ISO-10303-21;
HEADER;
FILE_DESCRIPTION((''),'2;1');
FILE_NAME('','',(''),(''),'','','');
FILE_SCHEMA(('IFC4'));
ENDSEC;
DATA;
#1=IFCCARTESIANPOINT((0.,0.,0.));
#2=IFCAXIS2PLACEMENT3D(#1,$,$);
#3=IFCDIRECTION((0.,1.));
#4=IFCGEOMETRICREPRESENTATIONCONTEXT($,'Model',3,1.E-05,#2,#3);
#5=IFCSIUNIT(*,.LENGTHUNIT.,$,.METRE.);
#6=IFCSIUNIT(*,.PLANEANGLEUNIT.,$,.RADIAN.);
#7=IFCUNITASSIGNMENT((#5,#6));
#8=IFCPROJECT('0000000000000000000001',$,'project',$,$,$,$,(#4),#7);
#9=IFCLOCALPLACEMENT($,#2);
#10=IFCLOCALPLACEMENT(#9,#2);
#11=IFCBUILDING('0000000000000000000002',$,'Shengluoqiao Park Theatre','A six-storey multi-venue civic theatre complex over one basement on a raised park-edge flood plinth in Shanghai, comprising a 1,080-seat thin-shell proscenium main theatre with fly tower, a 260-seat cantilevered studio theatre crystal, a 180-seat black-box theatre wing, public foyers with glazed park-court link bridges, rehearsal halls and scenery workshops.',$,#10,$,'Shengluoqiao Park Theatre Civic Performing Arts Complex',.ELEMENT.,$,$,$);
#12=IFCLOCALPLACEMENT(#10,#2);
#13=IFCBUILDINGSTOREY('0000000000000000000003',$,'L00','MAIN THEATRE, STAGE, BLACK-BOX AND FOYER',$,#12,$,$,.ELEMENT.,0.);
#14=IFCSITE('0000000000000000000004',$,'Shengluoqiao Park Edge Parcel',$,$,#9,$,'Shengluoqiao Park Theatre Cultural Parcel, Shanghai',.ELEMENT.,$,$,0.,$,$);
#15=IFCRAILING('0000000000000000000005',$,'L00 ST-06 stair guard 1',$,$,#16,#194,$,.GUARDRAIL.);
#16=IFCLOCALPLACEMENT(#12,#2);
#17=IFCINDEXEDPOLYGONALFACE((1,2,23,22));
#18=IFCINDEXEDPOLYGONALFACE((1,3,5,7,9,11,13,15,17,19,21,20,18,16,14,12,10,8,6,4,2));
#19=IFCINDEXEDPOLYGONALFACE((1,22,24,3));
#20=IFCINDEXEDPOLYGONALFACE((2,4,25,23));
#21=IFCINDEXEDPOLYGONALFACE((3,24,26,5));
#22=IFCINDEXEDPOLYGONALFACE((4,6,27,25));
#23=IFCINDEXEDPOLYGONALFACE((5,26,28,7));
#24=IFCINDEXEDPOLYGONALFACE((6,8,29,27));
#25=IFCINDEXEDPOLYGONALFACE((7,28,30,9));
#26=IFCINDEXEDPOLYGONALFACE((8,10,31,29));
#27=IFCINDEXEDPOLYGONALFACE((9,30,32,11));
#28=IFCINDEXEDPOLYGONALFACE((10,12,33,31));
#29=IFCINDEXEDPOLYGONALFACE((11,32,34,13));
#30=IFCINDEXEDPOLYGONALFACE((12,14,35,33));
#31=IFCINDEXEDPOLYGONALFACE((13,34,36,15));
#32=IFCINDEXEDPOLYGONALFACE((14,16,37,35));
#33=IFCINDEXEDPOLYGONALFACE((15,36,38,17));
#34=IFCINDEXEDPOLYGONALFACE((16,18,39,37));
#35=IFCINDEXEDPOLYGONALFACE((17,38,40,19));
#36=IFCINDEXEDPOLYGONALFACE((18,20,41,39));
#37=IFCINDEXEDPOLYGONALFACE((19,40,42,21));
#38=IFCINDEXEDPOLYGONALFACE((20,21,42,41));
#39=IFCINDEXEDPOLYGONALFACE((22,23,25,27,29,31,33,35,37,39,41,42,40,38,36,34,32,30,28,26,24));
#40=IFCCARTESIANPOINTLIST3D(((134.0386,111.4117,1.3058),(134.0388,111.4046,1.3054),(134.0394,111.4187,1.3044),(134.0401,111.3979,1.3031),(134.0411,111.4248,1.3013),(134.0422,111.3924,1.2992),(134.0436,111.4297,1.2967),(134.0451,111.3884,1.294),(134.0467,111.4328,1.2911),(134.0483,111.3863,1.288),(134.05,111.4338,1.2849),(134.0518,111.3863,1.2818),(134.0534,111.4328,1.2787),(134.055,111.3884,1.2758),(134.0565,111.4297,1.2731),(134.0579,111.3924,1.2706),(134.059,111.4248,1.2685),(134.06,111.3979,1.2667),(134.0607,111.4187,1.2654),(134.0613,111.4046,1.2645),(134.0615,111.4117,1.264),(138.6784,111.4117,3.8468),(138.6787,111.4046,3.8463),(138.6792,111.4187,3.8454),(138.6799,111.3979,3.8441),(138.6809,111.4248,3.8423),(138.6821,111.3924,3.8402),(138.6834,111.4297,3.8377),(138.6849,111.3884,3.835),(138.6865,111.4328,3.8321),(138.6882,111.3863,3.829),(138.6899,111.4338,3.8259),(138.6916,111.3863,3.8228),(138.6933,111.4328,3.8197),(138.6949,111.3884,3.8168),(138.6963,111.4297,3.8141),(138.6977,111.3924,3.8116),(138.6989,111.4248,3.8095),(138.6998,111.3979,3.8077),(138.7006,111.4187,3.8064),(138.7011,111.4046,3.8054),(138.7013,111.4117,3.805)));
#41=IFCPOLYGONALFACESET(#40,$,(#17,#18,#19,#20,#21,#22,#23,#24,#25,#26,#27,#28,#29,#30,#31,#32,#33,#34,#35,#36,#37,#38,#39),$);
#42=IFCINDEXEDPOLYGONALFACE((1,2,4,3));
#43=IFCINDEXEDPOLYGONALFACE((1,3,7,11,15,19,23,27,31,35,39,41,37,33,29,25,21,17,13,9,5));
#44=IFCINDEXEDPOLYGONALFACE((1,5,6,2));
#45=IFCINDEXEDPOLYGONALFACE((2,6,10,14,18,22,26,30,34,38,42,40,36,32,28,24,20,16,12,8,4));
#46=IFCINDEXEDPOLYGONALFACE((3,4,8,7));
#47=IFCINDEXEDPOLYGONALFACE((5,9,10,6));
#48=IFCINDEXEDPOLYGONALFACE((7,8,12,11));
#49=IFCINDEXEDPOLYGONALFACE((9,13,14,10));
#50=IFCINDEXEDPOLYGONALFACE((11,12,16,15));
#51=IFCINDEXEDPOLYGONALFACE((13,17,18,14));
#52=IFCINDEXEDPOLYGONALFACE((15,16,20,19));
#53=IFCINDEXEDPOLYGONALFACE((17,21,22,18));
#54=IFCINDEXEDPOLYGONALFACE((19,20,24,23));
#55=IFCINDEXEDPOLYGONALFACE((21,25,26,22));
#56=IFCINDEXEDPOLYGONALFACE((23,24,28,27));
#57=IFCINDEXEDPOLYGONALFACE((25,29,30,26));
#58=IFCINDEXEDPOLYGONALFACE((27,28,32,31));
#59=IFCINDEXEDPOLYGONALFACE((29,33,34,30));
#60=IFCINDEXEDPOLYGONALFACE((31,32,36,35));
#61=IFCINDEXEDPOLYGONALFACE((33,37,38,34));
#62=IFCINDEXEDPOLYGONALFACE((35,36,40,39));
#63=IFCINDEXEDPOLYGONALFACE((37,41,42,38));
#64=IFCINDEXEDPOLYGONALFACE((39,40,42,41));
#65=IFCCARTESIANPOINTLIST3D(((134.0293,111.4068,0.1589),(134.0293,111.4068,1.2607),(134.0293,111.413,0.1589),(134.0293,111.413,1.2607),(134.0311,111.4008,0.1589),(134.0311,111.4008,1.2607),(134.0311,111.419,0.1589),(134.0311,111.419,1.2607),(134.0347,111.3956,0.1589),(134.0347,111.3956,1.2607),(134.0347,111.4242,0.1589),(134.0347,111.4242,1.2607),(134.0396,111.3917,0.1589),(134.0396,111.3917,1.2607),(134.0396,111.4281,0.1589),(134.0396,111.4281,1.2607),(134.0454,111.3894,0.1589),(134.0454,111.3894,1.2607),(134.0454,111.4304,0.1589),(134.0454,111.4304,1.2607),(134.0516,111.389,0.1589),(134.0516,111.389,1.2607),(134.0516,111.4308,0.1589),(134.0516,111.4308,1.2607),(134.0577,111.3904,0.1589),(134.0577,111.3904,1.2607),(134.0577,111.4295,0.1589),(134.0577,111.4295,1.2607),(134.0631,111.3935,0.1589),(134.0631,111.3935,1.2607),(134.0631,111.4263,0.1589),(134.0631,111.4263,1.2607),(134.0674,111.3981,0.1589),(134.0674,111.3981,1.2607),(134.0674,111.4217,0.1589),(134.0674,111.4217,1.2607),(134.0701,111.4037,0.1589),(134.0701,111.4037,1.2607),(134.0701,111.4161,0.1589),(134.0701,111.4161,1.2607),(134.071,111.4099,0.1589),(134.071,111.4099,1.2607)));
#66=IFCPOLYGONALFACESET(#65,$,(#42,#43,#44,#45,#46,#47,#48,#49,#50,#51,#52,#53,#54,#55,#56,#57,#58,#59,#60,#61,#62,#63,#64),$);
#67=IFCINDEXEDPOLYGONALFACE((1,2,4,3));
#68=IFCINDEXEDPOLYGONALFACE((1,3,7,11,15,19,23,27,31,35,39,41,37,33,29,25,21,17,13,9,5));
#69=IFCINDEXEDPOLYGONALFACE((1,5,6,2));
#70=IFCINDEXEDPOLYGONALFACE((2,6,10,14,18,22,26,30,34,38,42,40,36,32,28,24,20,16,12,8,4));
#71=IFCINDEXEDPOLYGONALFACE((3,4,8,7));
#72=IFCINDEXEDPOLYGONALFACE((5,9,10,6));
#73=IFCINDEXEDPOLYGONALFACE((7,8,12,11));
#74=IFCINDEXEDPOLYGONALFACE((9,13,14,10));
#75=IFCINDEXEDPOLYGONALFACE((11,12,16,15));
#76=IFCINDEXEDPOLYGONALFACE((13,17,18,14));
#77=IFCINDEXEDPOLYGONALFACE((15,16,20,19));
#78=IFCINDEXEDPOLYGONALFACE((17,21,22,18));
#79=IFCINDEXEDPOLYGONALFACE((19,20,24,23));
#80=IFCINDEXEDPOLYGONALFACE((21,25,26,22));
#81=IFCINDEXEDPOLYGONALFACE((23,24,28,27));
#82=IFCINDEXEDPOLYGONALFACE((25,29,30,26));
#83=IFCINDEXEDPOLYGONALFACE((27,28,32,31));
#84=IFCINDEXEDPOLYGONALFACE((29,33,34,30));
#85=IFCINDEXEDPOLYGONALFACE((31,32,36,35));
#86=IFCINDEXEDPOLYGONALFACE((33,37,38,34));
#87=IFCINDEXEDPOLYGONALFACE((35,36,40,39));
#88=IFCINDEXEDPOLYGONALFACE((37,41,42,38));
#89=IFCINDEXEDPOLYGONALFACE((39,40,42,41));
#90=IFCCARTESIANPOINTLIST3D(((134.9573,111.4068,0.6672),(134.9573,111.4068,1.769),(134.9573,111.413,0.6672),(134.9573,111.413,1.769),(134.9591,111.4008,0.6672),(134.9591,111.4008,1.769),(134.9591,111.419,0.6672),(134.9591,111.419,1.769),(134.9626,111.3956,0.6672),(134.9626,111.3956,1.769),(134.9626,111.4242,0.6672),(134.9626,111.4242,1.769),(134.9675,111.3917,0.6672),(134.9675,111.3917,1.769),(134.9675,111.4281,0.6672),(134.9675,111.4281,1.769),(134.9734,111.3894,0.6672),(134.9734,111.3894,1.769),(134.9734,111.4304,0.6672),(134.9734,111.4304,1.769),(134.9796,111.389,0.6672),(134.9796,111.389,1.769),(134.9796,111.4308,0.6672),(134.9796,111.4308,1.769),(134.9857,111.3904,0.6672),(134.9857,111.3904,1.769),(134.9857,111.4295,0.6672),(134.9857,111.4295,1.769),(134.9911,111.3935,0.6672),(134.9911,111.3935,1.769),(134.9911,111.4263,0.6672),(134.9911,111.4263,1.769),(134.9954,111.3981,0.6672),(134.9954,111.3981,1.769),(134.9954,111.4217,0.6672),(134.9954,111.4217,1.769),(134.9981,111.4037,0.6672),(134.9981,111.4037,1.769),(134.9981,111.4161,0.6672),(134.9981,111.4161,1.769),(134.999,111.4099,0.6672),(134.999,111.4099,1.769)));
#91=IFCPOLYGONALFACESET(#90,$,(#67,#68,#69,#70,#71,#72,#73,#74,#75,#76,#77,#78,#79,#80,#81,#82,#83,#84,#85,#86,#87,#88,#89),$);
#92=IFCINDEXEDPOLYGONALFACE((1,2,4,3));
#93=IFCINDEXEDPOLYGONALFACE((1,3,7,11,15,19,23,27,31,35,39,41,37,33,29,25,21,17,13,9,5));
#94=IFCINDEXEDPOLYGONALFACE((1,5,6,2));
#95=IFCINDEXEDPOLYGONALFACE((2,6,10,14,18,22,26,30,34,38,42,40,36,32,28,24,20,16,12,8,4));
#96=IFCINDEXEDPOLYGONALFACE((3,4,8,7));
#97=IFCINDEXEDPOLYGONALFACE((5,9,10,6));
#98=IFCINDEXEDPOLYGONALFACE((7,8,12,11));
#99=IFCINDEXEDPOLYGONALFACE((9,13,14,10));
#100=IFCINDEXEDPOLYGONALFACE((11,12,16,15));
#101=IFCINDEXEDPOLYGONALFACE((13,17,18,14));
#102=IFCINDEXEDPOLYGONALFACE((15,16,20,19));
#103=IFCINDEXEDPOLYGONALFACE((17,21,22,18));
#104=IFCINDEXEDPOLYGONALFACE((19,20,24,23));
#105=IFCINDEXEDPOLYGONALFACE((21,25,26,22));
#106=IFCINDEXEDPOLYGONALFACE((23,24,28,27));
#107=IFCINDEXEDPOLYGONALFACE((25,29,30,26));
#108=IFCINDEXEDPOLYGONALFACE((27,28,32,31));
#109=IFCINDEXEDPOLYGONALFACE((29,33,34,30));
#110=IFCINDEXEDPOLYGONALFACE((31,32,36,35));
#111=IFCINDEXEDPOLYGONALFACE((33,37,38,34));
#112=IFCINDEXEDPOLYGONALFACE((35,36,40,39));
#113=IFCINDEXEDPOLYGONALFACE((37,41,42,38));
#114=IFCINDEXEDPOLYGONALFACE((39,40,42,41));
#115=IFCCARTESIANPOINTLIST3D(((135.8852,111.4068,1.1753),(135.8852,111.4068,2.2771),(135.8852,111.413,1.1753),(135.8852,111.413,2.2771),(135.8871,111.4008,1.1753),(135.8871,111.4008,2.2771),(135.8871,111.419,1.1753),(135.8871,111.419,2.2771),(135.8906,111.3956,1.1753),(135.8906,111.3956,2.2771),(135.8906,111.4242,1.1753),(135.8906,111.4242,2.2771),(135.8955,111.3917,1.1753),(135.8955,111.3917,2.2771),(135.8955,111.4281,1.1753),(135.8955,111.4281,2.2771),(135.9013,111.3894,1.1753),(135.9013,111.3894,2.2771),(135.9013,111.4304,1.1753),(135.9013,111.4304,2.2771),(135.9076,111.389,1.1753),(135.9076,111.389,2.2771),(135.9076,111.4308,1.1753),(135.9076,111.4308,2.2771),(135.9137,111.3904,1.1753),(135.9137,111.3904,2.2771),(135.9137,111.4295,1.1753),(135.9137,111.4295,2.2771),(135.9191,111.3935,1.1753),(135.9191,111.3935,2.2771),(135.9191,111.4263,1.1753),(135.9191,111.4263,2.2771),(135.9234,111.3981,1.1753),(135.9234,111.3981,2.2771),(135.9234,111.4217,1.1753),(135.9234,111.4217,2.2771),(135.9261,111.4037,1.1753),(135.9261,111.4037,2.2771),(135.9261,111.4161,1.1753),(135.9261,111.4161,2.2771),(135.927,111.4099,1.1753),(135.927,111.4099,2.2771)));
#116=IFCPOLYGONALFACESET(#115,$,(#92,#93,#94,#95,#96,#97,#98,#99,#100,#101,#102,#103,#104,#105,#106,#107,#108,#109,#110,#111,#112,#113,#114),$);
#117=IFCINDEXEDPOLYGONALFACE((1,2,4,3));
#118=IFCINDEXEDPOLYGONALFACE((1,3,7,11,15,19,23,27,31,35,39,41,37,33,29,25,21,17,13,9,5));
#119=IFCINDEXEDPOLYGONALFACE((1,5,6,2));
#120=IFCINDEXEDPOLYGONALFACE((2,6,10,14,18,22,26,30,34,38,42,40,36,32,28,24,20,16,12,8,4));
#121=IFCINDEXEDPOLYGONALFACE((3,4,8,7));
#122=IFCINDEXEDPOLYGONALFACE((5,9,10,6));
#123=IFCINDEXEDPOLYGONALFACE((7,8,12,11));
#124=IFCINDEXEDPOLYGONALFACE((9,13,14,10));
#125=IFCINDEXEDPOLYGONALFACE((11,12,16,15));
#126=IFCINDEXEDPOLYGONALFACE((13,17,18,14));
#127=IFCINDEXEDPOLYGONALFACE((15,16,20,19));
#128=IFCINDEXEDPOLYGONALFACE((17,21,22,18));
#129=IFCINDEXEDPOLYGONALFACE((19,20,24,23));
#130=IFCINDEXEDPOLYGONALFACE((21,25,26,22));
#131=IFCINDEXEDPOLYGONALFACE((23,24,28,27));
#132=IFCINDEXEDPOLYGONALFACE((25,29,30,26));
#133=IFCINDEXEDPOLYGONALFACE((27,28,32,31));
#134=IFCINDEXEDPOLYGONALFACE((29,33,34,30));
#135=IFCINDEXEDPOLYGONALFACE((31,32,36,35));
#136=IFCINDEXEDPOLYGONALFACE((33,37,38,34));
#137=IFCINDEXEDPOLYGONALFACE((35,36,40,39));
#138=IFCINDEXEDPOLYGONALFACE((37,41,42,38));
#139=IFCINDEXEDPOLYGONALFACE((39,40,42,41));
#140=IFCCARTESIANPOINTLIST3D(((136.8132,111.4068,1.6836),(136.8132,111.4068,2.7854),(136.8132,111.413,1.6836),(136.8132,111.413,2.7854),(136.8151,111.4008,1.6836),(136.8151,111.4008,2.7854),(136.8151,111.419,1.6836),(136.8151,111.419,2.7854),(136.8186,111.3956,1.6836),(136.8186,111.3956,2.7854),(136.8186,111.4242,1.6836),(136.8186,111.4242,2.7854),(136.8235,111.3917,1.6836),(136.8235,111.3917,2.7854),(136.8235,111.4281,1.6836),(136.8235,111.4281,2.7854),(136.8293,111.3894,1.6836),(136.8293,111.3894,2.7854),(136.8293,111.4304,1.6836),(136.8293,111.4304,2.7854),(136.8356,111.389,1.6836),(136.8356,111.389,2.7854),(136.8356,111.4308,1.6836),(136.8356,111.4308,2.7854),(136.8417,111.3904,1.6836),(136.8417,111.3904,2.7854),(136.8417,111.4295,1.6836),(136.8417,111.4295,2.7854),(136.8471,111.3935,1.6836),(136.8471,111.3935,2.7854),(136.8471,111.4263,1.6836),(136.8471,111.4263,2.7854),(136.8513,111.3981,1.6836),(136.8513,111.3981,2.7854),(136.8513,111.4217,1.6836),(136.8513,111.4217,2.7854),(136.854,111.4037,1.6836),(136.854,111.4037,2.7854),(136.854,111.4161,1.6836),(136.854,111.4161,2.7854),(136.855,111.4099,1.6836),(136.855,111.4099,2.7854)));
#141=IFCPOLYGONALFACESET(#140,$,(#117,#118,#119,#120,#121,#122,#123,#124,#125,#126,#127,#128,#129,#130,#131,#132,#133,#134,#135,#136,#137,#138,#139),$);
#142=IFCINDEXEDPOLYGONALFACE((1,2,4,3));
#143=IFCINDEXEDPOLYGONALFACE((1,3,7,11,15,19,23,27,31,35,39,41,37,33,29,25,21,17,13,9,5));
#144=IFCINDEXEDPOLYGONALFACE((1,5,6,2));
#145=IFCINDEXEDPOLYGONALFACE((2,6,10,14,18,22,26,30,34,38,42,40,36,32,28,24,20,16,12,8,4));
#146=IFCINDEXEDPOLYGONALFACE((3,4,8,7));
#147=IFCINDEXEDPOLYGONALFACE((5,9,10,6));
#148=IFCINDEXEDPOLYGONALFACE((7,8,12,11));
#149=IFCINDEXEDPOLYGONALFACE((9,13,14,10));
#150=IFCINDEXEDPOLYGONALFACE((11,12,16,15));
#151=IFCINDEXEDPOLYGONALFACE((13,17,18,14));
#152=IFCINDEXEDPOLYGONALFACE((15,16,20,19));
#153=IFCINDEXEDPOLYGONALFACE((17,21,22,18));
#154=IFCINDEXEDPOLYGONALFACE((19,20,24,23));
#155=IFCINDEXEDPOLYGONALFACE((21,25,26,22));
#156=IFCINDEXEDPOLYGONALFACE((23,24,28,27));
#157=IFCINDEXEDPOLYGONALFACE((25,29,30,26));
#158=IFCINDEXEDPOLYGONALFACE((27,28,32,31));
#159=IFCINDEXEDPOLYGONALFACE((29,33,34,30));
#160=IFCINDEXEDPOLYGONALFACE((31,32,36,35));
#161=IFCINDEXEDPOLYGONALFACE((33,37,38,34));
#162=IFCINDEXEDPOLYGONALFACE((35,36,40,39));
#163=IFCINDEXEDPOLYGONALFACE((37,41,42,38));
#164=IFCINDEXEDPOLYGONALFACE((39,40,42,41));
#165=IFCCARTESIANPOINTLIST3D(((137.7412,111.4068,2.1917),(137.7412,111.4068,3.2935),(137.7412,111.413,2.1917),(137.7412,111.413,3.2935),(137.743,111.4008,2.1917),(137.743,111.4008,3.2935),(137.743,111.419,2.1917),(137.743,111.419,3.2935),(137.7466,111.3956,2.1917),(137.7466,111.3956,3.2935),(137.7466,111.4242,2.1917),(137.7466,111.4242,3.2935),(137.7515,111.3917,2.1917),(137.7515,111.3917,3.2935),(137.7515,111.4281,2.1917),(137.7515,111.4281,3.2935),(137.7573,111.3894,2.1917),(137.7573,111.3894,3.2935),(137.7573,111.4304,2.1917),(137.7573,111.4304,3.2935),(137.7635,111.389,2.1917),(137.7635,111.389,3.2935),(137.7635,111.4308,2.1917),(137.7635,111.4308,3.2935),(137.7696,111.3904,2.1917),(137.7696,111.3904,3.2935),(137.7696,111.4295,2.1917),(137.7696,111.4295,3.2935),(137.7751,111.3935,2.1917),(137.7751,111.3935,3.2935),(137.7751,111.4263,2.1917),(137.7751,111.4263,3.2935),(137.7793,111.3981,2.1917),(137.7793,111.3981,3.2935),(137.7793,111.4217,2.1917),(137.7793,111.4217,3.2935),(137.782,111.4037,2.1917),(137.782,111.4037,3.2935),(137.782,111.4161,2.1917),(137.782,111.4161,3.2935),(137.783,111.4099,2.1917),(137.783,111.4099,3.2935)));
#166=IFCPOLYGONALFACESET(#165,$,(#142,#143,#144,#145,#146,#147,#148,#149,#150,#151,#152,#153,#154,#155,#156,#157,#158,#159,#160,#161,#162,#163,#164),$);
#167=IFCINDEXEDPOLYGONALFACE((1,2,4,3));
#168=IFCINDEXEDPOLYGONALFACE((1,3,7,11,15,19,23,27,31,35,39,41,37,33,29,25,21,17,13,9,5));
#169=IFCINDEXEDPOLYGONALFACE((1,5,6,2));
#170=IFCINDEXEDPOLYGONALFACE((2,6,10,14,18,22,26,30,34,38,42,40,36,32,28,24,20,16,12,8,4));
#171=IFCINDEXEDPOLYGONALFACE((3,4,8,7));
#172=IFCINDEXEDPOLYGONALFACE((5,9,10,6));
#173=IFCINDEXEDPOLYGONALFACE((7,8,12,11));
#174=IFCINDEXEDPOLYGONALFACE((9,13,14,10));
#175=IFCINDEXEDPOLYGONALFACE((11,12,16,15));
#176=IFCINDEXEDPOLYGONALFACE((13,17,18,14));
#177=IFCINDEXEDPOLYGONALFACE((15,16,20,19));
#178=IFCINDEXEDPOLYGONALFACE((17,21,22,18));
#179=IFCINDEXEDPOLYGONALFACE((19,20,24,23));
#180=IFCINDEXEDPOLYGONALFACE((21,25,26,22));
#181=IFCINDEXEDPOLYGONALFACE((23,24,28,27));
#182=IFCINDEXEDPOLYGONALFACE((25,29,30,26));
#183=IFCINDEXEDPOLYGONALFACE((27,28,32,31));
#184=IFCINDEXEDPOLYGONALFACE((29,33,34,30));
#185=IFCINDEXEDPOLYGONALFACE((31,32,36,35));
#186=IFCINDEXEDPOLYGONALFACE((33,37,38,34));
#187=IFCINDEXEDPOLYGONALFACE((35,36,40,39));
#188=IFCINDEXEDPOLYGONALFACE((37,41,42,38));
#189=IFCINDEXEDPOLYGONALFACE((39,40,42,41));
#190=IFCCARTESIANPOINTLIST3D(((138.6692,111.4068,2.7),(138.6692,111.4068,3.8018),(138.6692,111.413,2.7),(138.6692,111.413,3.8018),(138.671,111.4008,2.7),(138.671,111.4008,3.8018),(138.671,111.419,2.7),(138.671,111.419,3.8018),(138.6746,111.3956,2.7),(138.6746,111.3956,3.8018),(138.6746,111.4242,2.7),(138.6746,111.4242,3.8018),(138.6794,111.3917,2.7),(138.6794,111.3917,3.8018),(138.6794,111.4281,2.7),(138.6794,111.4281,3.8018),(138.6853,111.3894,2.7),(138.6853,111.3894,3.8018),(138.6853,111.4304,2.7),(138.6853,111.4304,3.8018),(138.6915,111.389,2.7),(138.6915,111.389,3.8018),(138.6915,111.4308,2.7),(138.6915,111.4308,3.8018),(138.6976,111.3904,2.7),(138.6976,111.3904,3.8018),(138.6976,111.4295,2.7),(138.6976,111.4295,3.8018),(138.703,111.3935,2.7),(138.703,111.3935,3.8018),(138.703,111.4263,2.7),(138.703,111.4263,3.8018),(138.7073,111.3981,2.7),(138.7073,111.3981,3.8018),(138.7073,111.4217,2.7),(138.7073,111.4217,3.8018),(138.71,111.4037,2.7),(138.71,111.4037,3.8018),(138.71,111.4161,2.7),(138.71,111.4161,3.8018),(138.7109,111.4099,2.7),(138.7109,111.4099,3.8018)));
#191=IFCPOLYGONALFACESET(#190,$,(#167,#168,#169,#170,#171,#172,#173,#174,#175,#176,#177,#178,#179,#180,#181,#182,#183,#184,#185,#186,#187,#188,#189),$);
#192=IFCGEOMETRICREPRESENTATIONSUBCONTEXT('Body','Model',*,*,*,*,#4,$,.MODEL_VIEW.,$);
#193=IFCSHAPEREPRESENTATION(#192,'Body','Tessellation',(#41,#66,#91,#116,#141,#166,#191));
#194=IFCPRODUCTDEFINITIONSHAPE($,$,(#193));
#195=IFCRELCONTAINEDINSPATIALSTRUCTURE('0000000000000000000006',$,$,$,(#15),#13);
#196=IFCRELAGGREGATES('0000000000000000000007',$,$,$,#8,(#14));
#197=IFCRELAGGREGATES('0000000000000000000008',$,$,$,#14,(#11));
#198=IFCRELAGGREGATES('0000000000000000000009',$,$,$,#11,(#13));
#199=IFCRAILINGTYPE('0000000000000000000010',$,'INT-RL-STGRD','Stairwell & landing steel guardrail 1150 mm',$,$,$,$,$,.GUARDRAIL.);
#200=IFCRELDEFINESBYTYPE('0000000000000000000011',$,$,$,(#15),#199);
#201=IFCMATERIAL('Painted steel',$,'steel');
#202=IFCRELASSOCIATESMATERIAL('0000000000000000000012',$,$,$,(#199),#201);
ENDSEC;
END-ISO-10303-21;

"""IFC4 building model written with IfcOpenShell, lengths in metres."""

from ifc_helpers import new_model, si_unit, direction, frame, origin, origin_2d, place, context, subcontext, project, spatial, circle, extrude, material, type_object, element, save


model = new_model("IFC4")

# Units and contexts
model_context = context("Model", 3, precision=1e-05, world=origin(), true_north=direction((0.0, 1.0)))
body_context = subcontext(model_context, "Body", "Model", "MODEL_VIEW")
ifc_project = project(units=[si_unit("LENGTHUNIT", "METRE"), si_unit("PLANEANGLEUNIT", "RADIAN")], contexts=[model_context])

# Site, building, storey
site_placement = place(None, origin())
site = spatial("IfcSite", under=ifc_project, at=site_placement, Name="Shengluoqiao Park Edge Parcel", LongName="Shengluoqiao Park Theatre Cultural Parcel, Shanghai", CompositionType="ELEMENT", RefElevation=0.0)
building_placement = place(site_placement, origin())
building = spatial("IfcBuilding", under=site, at=building_placement, Name="Shengluoqiao Park Theatre", Description="A six-storey multi-venue civic theatre complex over one basement on a raised park-edge flood plinth in Shanghai, comprising a 1,080-seat thin-shell proscenium main theatre with fly tower, a 260-seat cantilevered studio theatre crystal, a 180-seat black-box theatre wing, public foyers with glazed park-court link bridges, rehearsal halls and scenery workshops.", LongName="Shengluoqiao Park Theatre Civic Performing Arts Complex", CompositionType="ELEMENT")
storey_placement = place(building_placement, origin())
storey = spatial("IfcBuildingStorey", under=building, at=storey_placement, Name="L00", Description="MAIN THEATRE, STAGE, BLACK-BOX AND FOYER", CompositionType="ELEMENT", Elevation=0.0)

# Railing
ifc_material_1 = material(Name="Painted steel", Category="steel")
railing_type_1 = type_object("IfcRailingType", Name="INT-RL-STGRD", Description="Stairwell & landing steel guardrail 1150 mm", PredefinedType="GUARDRAIL", material=ifc_material_1)
railing_1_placement = place(storey_placement, frame((134.05, 111.4099, 0.1589)))
element("IfcRailing", 1, at=railing_1_placement, inside=storey, type_object=railing_type_1, Name="L00 ST-06 stair guard 1", PredefinedType="GUARDRAIL", context=body_context, shape_type="SweptSolid", body=[
    extrude(circle(Radius=0.0239, at=origin_2d()), frame((0.0, 0.0, 1.126), z_axis=(0.877087, 0.0, 0.480332), x_axis=(0.0, 1.0, 0.0)), (0.0, 0.0, 1.0), 5.29),
    extrude(circle(Radius=0.021, at=origin_2d()), origin(), (0.0, 0.0, 1.0), 1.1018),
    extrude(circle(Radius=0.021, at=origin_2d()), frame((0.928, 0.0, 0.5083)), (0.0, 0.0, 1.0), 1.1018),
    extrude(circle(Radius=0.021, at=origin_2d()), frame((1.856, 0.0, 1.0164)), (0.0, 0.0, 1.0), 1.1018),
    extrude(circle(Radius=0.021, at=origin_2d()), frame((2.7839, 0.0, 1.5247)), (0.0, 0.0, 1.0), 1.1018),
    extrude(circle(Radius=0.021, at=origin_2d()), frame((3.7119, 0.0, 2.0327)), (0.0, 0.0, 1.0), 1.1018),
    extrude(circle(Radius=0.021, at=origin_2d()), frame((4.6399, 0.0, 2.541)), (0.0, 0.0, 1.0), 1.1018),
])

save(model, "model.ifc")
